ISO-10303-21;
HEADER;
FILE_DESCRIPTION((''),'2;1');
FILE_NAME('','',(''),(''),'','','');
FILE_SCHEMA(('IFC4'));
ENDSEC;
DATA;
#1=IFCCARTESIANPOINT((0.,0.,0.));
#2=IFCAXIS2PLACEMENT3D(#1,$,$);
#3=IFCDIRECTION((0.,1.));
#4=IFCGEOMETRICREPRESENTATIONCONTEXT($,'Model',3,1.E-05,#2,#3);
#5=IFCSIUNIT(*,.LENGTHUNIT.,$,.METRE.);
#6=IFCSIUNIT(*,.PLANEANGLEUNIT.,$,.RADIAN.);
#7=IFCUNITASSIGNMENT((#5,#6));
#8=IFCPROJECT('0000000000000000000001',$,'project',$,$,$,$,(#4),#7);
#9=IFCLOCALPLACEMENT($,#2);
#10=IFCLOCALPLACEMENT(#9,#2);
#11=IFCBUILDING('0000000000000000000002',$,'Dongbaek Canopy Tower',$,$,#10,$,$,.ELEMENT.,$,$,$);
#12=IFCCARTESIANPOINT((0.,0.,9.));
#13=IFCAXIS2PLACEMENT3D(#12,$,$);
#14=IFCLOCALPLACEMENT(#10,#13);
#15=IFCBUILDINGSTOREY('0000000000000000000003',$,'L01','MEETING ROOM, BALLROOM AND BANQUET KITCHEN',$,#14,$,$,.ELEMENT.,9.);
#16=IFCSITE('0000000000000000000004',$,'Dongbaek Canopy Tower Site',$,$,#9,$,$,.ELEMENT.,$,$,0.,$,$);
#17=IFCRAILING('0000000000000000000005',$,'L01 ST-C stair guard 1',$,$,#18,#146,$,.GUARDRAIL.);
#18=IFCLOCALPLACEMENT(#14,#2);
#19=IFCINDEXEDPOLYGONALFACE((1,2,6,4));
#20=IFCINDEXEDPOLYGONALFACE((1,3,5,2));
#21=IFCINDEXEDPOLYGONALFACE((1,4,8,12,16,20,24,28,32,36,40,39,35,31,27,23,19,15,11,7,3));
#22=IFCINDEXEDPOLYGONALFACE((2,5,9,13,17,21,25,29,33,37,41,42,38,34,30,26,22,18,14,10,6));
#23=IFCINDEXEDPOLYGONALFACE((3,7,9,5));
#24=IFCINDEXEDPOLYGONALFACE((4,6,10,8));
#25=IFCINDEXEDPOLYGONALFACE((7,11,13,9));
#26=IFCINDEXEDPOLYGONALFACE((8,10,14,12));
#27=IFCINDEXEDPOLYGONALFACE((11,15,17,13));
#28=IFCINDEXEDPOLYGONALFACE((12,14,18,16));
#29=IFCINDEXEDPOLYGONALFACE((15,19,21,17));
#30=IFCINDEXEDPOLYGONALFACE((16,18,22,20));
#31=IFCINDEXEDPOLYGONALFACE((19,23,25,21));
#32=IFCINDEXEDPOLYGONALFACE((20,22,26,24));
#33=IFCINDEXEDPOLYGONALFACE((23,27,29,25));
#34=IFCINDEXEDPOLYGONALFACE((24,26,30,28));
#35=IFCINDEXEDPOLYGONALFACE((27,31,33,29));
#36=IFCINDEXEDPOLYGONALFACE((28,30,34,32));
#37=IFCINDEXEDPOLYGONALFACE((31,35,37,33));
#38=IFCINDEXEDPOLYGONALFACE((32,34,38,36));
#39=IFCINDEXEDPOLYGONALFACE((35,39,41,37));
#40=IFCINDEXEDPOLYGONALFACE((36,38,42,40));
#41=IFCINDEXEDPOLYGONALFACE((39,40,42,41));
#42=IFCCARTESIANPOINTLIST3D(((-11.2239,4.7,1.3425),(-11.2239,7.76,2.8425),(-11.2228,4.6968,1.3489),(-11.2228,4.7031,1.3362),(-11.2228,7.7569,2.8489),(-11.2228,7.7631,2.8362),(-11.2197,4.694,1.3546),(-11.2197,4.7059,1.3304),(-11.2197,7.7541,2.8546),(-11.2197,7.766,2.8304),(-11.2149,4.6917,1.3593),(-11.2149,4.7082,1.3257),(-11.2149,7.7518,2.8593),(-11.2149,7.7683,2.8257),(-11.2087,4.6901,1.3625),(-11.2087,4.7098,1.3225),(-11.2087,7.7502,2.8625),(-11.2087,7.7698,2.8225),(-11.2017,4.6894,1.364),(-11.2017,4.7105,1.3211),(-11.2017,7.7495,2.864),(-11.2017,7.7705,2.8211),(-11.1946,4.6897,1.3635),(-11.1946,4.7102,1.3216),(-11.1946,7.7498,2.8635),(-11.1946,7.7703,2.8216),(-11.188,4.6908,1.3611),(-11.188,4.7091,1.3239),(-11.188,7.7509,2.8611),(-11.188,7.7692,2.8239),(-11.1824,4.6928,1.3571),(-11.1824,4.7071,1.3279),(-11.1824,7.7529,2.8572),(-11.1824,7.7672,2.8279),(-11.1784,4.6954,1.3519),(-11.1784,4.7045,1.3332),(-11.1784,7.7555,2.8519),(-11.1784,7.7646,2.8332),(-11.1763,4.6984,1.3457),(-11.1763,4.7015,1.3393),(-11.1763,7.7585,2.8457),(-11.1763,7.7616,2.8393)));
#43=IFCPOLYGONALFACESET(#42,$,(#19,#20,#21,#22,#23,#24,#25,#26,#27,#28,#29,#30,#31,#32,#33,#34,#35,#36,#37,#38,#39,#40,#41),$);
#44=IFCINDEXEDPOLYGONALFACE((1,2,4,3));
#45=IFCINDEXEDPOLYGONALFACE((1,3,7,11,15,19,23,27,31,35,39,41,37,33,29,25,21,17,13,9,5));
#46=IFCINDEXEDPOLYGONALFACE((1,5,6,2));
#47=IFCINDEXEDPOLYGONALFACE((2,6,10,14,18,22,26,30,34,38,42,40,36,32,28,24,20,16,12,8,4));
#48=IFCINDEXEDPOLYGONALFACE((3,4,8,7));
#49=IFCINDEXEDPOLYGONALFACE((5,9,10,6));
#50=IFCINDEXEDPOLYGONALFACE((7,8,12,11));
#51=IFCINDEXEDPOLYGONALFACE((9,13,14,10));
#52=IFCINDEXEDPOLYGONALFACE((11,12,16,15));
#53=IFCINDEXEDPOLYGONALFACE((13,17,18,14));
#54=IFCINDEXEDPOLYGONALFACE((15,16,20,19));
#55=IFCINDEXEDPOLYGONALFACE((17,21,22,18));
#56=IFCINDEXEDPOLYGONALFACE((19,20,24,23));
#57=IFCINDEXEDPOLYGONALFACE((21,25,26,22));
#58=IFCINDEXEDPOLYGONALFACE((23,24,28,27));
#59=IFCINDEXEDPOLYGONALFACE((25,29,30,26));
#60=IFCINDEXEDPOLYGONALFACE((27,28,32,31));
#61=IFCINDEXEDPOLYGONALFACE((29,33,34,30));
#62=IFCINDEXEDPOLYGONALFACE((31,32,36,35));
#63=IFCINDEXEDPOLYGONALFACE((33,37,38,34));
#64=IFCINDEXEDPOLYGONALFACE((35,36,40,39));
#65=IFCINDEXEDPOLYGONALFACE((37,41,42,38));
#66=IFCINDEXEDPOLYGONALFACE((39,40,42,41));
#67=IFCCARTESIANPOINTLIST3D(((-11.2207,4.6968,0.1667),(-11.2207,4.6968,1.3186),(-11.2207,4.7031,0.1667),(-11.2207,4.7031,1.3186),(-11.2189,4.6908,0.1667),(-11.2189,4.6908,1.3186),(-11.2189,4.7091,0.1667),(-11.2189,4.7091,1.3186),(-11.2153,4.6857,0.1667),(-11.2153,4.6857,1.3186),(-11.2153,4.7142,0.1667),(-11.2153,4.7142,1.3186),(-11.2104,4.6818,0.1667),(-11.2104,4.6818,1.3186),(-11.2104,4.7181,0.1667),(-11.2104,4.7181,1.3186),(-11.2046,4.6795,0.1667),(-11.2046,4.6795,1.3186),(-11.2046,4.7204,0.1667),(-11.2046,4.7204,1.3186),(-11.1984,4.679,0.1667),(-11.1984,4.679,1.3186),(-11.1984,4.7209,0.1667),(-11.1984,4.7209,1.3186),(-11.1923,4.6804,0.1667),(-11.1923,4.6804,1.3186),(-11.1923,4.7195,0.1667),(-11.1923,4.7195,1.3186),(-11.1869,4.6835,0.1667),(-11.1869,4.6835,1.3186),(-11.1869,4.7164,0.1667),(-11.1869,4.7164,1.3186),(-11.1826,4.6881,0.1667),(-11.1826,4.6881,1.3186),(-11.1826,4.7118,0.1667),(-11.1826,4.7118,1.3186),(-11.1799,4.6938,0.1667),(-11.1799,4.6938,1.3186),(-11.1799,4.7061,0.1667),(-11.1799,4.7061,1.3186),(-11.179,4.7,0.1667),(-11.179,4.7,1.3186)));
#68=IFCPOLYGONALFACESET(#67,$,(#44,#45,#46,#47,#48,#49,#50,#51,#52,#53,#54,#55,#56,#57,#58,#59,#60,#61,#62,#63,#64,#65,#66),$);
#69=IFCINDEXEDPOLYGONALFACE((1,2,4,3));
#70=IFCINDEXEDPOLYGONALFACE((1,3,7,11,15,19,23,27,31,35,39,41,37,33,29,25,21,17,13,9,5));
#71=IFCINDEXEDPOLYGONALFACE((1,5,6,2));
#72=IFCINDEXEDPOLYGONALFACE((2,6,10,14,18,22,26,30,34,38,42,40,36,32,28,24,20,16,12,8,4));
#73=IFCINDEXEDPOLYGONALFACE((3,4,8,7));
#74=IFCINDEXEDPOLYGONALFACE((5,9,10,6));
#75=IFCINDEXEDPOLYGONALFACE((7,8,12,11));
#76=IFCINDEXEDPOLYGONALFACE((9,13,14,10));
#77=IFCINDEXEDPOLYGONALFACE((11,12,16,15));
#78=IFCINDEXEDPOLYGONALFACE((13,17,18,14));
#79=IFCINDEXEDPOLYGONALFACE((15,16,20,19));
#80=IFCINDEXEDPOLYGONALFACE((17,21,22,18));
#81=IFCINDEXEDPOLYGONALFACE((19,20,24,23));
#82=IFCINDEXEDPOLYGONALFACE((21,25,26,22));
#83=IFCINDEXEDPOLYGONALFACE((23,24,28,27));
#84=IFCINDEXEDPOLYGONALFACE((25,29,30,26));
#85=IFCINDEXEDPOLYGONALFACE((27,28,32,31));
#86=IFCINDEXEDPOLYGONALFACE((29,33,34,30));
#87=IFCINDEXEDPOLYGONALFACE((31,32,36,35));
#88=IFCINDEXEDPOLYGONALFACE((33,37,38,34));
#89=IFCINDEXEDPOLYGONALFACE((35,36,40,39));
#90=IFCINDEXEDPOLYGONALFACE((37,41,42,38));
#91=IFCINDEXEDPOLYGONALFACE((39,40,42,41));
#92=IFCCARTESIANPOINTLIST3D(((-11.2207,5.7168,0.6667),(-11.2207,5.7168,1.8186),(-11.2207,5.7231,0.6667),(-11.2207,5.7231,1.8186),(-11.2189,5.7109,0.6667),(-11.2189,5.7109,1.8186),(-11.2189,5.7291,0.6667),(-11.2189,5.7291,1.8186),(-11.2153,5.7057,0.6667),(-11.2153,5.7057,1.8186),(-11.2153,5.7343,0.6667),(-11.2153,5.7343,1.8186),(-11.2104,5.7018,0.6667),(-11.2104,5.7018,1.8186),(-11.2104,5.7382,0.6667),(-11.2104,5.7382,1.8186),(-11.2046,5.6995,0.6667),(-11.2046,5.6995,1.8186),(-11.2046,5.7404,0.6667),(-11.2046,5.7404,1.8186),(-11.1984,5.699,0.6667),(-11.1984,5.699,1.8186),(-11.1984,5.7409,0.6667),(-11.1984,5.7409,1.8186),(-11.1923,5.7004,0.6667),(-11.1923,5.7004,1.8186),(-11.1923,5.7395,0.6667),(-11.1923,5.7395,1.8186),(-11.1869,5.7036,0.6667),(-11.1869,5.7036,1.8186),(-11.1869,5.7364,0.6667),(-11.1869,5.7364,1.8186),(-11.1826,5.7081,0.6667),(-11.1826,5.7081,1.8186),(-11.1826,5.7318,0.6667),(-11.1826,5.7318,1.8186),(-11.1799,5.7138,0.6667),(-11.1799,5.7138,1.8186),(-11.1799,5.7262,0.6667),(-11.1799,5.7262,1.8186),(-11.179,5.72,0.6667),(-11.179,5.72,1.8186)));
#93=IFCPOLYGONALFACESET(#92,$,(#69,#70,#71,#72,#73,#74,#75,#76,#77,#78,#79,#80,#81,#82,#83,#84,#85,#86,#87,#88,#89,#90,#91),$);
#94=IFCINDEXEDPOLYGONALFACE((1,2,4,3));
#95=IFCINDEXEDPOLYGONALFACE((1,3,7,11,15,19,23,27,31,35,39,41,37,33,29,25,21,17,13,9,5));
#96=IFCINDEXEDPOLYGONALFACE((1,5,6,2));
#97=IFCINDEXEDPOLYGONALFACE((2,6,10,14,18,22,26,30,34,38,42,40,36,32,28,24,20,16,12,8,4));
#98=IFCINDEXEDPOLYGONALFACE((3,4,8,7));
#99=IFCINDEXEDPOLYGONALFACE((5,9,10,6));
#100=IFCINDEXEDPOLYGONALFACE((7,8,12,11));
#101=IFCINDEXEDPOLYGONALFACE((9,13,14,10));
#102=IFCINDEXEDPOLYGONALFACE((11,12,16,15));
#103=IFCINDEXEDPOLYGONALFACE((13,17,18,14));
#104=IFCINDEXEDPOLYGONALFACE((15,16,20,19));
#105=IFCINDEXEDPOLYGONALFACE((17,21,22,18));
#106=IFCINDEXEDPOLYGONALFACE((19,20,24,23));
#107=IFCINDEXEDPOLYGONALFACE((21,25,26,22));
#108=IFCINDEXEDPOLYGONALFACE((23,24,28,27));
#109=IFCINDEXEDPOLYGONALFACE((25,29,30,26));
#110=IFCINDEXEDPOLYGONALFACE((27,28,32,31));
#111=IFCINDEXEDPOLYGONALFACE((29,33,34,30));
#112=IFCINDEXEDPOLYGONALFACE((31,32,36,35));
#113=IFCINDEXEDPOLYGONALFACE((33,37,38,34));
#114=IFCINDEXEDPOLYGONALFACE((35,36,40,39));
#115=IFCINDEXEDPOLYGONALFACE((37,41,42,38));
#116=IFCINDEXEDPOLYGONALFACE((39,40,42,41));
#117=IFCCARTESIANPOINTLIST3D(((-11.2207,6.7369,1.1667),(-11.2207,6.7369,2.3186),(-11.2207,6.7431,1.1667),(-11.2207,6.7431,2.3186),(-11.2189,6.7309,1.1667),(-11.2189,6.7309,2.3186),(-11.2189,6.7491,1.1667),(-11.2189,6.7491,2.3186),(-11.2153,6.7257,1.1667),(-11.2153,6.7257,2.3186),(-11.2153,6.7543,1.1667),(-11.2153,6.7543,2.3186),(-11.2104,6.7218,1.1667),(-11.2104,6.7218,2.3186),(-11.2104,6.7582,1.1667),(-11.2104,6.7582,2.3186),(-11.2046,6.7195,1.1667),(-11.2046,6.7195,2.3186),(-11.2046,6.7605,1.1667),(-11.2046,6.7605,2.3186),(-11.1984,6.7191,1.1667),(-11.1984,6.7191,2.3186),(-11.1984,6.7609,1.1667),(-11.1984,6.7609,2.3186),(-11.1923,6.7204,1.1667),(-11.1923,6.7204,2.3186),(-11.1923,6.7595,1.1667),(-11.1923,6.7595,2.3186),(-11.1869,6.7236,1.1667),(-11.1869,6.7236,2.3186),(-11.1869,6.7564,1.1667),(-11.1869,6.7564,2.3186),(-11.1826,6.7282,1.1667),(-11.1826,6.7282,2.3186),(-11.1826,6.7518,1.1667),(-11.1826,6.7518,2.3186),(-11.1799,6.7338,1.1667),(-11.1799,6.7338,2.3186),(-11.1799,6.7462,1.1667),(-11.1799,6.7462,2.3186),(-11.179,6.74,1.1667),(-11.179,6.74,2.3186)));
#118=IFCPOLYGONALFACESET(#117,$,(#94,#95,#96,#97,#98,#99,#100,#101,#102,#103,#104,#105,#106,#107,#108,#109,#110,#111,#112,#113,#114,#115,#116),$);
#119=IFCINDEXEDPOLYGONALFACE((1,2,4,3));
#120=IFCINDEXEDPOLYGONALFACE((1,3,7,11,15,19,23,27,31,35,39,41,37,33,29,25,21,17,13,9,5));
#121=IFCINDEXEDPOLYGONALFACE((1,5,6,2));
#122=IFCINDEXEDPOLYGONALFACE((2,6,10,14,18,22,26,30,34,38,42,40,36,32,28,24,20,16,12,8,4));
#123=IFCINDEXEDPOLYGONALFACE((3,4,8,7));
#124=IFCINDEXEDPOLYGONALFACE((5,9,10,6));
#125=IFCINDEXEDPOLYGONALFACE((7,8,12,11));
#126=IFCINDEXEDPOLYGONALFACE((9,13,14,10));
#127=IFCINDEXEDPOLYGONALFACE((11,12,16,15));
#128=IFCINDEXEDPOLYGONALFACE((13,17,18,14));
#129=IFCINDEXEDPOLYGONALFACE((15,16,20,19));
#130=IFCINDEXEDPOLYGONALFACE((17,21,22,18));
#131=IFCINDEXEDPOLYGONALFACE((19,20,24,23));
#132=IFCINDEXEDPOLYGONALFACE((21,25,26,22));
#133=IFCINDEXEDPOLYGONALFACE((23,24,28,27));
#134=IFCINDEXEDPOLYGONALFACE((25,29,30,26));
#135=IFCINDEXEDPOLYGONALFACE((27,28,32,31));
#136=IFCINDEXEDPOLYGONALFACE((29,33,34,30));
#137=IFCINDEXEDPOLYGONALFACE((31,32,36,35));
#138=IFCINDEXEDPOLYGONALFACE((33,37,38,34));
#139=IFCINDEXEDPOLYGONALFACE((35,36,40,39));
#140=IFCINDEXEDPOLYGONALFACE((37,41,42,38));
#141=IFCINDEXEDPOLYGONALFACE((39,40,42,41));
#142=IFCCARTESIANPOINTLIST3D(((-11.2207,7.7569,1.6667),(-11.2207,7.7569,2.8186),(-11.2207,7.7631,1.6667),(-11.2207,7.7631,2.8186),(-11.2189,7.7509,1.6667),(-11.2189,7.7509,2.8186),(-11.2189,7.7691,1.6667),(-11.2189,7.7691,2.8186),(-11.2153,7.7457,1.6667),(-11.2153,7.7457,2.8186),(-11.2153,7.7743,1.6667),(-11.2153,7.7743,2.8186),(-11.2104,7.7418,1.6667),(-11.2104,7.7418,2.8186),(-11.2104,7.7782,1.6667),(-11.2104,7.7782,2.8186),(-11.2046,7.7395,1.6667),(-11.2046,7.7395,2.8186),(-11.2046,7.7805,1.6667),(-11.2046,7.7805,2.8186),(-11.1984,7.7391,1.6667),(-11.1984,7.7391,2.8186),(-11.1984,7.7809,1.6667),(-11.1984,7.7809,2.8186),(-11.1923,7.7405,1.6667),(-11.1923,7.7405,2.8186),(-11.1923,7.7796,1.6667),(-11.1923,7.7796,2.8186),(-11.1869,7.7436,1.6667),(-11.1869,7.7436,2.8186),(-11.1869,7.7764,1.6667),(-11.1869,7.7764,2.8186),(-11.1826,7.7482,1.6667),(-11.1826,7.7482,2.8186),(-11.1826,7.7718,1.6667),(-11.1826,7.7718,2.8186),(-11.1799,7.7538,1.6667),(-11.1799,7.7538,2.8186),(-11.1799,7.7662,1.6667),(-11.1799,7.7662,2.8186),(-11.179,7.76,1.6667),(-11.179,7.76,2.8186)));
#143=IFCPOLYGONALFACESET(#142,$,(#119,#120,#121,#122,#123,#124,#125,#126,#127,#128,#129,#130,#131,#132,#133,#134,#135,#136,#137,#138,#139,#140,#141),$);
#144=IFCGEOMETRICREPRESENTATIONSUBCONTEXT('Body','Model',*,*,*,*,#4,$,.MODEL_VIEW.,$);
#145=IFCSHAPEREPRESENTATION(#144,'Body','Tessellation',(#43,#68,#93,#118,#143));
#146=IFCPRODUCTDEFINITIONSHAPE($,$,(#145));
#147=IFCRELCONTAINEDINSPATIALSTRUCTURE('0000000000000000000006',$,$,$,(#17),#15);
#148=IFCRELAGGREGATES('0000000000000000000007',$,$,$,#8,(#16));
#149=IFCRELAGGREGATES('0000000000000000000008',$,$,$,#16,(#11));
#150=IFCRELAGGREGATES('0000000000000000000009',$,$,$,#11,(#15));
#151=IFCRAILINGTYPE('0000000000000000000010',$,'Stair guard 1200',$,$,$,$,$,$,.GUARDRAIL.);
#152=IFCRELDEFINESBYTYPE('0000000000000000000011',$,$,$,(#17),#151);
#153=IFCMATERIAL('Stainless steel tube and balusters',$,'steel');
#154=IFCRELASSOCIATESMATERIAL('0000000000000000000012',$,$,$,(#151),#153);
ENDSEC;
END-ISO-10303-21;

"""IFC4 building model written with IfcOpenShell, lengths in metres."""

from ifc_helpers import new_model, si_unit, direction, frame, origin, origin_2d, place, context, subcontext, project, spatial, circle, extrude, material, type_object, element, save


model = new_model("IFC4")

# Units and contexts
model_context = context("Model", 3, precision=1e-05, world=origin(), true_north=direction((0.0, 1.0)))
body_context = subcontext(model_context, "Body", "Model", "MODEL_VIEW")
ifc_project = project(units=[si_unit("LENGTHUNIT", "METRE"), si_unit("PLANEANGLEUNIT", "RADIAN")], contexts=[model_context])

# Site, building, storey
site_placement = place(None, origin())
site = spatial("IfcSite", under=ifc_project, at=site_placement, Name="Dongbaek Canopy Tower Site", CompositionType="ELEMENT", RefElevation=0.0)
building_placement = place(site_placement, origin())
building = spatial("IfcBuilding", under=site, at=building_placement, Name="Dongbaek Canopy Tower", CompositionType="ELEMENT")
storey_placement = place(building_placement, frame((0.0, 0.0, 9.0)))
storey = spatial("IfcBuildingStorey", under=building, at=storey_placement, Name="L01", Description="MEETING ROOM, BALLROOM AND BANQUET KITCHEN", CompositionType="ELEMENT", Elevation=9.0)

# Railing
ifc_material_1 = material(Name="Stainless steel tube and balusters", Category="steel")
railing_type_1 = type_object("IfcRailingType", Name="Stair guard 1200", PredefinedType="GUARDRAIL", material=ifc_material_1)
railing_1_placement = place(storey_placement, frame((-11.2, 4.7, 0.1667)))
element("IfcRailing", 1, at=railing_1_placement, inside=storey, type_object=railing_type_1, Name="L01 ST-C stair guard 1", PredefinedType="GUARDRAIL", context=body_context, shape_type="SweptSolid", body=[
    extrude(circle(Radius=0.0239, at=origin_2d()), frame((0.0, 0.0, 1.1758), z_axis=(0.0, 0.897924, 0.44015), x_axis=(-1.0, 0.0, 0.0)), (0.0, 0.0, 1.0), 3.408),
    extrude(circle(Radius=0.021, at=origin_2d()), origin(), (0.0, 0.0, 1.0), 1.1519),
    extrude(circle(Radius=0.021, at=origin_2d()), frame((0.0, 1.02, 0.5)), (0.0, 0.0, 1.0), 1.1519),
    extrude(circle(Radius=0.021, at=origin_2d()), frame((0.0, 2.04, 1.0)), (0.0, 0.0, 1.0), 1.1519),
    extrude(circle(Radius=0.021, at=origin_2d()), frame((0.0, 3.0601, 1.5)), (0.0, 0.0, 1.0), 1.1519),
])

save(model, "model.ifc")
